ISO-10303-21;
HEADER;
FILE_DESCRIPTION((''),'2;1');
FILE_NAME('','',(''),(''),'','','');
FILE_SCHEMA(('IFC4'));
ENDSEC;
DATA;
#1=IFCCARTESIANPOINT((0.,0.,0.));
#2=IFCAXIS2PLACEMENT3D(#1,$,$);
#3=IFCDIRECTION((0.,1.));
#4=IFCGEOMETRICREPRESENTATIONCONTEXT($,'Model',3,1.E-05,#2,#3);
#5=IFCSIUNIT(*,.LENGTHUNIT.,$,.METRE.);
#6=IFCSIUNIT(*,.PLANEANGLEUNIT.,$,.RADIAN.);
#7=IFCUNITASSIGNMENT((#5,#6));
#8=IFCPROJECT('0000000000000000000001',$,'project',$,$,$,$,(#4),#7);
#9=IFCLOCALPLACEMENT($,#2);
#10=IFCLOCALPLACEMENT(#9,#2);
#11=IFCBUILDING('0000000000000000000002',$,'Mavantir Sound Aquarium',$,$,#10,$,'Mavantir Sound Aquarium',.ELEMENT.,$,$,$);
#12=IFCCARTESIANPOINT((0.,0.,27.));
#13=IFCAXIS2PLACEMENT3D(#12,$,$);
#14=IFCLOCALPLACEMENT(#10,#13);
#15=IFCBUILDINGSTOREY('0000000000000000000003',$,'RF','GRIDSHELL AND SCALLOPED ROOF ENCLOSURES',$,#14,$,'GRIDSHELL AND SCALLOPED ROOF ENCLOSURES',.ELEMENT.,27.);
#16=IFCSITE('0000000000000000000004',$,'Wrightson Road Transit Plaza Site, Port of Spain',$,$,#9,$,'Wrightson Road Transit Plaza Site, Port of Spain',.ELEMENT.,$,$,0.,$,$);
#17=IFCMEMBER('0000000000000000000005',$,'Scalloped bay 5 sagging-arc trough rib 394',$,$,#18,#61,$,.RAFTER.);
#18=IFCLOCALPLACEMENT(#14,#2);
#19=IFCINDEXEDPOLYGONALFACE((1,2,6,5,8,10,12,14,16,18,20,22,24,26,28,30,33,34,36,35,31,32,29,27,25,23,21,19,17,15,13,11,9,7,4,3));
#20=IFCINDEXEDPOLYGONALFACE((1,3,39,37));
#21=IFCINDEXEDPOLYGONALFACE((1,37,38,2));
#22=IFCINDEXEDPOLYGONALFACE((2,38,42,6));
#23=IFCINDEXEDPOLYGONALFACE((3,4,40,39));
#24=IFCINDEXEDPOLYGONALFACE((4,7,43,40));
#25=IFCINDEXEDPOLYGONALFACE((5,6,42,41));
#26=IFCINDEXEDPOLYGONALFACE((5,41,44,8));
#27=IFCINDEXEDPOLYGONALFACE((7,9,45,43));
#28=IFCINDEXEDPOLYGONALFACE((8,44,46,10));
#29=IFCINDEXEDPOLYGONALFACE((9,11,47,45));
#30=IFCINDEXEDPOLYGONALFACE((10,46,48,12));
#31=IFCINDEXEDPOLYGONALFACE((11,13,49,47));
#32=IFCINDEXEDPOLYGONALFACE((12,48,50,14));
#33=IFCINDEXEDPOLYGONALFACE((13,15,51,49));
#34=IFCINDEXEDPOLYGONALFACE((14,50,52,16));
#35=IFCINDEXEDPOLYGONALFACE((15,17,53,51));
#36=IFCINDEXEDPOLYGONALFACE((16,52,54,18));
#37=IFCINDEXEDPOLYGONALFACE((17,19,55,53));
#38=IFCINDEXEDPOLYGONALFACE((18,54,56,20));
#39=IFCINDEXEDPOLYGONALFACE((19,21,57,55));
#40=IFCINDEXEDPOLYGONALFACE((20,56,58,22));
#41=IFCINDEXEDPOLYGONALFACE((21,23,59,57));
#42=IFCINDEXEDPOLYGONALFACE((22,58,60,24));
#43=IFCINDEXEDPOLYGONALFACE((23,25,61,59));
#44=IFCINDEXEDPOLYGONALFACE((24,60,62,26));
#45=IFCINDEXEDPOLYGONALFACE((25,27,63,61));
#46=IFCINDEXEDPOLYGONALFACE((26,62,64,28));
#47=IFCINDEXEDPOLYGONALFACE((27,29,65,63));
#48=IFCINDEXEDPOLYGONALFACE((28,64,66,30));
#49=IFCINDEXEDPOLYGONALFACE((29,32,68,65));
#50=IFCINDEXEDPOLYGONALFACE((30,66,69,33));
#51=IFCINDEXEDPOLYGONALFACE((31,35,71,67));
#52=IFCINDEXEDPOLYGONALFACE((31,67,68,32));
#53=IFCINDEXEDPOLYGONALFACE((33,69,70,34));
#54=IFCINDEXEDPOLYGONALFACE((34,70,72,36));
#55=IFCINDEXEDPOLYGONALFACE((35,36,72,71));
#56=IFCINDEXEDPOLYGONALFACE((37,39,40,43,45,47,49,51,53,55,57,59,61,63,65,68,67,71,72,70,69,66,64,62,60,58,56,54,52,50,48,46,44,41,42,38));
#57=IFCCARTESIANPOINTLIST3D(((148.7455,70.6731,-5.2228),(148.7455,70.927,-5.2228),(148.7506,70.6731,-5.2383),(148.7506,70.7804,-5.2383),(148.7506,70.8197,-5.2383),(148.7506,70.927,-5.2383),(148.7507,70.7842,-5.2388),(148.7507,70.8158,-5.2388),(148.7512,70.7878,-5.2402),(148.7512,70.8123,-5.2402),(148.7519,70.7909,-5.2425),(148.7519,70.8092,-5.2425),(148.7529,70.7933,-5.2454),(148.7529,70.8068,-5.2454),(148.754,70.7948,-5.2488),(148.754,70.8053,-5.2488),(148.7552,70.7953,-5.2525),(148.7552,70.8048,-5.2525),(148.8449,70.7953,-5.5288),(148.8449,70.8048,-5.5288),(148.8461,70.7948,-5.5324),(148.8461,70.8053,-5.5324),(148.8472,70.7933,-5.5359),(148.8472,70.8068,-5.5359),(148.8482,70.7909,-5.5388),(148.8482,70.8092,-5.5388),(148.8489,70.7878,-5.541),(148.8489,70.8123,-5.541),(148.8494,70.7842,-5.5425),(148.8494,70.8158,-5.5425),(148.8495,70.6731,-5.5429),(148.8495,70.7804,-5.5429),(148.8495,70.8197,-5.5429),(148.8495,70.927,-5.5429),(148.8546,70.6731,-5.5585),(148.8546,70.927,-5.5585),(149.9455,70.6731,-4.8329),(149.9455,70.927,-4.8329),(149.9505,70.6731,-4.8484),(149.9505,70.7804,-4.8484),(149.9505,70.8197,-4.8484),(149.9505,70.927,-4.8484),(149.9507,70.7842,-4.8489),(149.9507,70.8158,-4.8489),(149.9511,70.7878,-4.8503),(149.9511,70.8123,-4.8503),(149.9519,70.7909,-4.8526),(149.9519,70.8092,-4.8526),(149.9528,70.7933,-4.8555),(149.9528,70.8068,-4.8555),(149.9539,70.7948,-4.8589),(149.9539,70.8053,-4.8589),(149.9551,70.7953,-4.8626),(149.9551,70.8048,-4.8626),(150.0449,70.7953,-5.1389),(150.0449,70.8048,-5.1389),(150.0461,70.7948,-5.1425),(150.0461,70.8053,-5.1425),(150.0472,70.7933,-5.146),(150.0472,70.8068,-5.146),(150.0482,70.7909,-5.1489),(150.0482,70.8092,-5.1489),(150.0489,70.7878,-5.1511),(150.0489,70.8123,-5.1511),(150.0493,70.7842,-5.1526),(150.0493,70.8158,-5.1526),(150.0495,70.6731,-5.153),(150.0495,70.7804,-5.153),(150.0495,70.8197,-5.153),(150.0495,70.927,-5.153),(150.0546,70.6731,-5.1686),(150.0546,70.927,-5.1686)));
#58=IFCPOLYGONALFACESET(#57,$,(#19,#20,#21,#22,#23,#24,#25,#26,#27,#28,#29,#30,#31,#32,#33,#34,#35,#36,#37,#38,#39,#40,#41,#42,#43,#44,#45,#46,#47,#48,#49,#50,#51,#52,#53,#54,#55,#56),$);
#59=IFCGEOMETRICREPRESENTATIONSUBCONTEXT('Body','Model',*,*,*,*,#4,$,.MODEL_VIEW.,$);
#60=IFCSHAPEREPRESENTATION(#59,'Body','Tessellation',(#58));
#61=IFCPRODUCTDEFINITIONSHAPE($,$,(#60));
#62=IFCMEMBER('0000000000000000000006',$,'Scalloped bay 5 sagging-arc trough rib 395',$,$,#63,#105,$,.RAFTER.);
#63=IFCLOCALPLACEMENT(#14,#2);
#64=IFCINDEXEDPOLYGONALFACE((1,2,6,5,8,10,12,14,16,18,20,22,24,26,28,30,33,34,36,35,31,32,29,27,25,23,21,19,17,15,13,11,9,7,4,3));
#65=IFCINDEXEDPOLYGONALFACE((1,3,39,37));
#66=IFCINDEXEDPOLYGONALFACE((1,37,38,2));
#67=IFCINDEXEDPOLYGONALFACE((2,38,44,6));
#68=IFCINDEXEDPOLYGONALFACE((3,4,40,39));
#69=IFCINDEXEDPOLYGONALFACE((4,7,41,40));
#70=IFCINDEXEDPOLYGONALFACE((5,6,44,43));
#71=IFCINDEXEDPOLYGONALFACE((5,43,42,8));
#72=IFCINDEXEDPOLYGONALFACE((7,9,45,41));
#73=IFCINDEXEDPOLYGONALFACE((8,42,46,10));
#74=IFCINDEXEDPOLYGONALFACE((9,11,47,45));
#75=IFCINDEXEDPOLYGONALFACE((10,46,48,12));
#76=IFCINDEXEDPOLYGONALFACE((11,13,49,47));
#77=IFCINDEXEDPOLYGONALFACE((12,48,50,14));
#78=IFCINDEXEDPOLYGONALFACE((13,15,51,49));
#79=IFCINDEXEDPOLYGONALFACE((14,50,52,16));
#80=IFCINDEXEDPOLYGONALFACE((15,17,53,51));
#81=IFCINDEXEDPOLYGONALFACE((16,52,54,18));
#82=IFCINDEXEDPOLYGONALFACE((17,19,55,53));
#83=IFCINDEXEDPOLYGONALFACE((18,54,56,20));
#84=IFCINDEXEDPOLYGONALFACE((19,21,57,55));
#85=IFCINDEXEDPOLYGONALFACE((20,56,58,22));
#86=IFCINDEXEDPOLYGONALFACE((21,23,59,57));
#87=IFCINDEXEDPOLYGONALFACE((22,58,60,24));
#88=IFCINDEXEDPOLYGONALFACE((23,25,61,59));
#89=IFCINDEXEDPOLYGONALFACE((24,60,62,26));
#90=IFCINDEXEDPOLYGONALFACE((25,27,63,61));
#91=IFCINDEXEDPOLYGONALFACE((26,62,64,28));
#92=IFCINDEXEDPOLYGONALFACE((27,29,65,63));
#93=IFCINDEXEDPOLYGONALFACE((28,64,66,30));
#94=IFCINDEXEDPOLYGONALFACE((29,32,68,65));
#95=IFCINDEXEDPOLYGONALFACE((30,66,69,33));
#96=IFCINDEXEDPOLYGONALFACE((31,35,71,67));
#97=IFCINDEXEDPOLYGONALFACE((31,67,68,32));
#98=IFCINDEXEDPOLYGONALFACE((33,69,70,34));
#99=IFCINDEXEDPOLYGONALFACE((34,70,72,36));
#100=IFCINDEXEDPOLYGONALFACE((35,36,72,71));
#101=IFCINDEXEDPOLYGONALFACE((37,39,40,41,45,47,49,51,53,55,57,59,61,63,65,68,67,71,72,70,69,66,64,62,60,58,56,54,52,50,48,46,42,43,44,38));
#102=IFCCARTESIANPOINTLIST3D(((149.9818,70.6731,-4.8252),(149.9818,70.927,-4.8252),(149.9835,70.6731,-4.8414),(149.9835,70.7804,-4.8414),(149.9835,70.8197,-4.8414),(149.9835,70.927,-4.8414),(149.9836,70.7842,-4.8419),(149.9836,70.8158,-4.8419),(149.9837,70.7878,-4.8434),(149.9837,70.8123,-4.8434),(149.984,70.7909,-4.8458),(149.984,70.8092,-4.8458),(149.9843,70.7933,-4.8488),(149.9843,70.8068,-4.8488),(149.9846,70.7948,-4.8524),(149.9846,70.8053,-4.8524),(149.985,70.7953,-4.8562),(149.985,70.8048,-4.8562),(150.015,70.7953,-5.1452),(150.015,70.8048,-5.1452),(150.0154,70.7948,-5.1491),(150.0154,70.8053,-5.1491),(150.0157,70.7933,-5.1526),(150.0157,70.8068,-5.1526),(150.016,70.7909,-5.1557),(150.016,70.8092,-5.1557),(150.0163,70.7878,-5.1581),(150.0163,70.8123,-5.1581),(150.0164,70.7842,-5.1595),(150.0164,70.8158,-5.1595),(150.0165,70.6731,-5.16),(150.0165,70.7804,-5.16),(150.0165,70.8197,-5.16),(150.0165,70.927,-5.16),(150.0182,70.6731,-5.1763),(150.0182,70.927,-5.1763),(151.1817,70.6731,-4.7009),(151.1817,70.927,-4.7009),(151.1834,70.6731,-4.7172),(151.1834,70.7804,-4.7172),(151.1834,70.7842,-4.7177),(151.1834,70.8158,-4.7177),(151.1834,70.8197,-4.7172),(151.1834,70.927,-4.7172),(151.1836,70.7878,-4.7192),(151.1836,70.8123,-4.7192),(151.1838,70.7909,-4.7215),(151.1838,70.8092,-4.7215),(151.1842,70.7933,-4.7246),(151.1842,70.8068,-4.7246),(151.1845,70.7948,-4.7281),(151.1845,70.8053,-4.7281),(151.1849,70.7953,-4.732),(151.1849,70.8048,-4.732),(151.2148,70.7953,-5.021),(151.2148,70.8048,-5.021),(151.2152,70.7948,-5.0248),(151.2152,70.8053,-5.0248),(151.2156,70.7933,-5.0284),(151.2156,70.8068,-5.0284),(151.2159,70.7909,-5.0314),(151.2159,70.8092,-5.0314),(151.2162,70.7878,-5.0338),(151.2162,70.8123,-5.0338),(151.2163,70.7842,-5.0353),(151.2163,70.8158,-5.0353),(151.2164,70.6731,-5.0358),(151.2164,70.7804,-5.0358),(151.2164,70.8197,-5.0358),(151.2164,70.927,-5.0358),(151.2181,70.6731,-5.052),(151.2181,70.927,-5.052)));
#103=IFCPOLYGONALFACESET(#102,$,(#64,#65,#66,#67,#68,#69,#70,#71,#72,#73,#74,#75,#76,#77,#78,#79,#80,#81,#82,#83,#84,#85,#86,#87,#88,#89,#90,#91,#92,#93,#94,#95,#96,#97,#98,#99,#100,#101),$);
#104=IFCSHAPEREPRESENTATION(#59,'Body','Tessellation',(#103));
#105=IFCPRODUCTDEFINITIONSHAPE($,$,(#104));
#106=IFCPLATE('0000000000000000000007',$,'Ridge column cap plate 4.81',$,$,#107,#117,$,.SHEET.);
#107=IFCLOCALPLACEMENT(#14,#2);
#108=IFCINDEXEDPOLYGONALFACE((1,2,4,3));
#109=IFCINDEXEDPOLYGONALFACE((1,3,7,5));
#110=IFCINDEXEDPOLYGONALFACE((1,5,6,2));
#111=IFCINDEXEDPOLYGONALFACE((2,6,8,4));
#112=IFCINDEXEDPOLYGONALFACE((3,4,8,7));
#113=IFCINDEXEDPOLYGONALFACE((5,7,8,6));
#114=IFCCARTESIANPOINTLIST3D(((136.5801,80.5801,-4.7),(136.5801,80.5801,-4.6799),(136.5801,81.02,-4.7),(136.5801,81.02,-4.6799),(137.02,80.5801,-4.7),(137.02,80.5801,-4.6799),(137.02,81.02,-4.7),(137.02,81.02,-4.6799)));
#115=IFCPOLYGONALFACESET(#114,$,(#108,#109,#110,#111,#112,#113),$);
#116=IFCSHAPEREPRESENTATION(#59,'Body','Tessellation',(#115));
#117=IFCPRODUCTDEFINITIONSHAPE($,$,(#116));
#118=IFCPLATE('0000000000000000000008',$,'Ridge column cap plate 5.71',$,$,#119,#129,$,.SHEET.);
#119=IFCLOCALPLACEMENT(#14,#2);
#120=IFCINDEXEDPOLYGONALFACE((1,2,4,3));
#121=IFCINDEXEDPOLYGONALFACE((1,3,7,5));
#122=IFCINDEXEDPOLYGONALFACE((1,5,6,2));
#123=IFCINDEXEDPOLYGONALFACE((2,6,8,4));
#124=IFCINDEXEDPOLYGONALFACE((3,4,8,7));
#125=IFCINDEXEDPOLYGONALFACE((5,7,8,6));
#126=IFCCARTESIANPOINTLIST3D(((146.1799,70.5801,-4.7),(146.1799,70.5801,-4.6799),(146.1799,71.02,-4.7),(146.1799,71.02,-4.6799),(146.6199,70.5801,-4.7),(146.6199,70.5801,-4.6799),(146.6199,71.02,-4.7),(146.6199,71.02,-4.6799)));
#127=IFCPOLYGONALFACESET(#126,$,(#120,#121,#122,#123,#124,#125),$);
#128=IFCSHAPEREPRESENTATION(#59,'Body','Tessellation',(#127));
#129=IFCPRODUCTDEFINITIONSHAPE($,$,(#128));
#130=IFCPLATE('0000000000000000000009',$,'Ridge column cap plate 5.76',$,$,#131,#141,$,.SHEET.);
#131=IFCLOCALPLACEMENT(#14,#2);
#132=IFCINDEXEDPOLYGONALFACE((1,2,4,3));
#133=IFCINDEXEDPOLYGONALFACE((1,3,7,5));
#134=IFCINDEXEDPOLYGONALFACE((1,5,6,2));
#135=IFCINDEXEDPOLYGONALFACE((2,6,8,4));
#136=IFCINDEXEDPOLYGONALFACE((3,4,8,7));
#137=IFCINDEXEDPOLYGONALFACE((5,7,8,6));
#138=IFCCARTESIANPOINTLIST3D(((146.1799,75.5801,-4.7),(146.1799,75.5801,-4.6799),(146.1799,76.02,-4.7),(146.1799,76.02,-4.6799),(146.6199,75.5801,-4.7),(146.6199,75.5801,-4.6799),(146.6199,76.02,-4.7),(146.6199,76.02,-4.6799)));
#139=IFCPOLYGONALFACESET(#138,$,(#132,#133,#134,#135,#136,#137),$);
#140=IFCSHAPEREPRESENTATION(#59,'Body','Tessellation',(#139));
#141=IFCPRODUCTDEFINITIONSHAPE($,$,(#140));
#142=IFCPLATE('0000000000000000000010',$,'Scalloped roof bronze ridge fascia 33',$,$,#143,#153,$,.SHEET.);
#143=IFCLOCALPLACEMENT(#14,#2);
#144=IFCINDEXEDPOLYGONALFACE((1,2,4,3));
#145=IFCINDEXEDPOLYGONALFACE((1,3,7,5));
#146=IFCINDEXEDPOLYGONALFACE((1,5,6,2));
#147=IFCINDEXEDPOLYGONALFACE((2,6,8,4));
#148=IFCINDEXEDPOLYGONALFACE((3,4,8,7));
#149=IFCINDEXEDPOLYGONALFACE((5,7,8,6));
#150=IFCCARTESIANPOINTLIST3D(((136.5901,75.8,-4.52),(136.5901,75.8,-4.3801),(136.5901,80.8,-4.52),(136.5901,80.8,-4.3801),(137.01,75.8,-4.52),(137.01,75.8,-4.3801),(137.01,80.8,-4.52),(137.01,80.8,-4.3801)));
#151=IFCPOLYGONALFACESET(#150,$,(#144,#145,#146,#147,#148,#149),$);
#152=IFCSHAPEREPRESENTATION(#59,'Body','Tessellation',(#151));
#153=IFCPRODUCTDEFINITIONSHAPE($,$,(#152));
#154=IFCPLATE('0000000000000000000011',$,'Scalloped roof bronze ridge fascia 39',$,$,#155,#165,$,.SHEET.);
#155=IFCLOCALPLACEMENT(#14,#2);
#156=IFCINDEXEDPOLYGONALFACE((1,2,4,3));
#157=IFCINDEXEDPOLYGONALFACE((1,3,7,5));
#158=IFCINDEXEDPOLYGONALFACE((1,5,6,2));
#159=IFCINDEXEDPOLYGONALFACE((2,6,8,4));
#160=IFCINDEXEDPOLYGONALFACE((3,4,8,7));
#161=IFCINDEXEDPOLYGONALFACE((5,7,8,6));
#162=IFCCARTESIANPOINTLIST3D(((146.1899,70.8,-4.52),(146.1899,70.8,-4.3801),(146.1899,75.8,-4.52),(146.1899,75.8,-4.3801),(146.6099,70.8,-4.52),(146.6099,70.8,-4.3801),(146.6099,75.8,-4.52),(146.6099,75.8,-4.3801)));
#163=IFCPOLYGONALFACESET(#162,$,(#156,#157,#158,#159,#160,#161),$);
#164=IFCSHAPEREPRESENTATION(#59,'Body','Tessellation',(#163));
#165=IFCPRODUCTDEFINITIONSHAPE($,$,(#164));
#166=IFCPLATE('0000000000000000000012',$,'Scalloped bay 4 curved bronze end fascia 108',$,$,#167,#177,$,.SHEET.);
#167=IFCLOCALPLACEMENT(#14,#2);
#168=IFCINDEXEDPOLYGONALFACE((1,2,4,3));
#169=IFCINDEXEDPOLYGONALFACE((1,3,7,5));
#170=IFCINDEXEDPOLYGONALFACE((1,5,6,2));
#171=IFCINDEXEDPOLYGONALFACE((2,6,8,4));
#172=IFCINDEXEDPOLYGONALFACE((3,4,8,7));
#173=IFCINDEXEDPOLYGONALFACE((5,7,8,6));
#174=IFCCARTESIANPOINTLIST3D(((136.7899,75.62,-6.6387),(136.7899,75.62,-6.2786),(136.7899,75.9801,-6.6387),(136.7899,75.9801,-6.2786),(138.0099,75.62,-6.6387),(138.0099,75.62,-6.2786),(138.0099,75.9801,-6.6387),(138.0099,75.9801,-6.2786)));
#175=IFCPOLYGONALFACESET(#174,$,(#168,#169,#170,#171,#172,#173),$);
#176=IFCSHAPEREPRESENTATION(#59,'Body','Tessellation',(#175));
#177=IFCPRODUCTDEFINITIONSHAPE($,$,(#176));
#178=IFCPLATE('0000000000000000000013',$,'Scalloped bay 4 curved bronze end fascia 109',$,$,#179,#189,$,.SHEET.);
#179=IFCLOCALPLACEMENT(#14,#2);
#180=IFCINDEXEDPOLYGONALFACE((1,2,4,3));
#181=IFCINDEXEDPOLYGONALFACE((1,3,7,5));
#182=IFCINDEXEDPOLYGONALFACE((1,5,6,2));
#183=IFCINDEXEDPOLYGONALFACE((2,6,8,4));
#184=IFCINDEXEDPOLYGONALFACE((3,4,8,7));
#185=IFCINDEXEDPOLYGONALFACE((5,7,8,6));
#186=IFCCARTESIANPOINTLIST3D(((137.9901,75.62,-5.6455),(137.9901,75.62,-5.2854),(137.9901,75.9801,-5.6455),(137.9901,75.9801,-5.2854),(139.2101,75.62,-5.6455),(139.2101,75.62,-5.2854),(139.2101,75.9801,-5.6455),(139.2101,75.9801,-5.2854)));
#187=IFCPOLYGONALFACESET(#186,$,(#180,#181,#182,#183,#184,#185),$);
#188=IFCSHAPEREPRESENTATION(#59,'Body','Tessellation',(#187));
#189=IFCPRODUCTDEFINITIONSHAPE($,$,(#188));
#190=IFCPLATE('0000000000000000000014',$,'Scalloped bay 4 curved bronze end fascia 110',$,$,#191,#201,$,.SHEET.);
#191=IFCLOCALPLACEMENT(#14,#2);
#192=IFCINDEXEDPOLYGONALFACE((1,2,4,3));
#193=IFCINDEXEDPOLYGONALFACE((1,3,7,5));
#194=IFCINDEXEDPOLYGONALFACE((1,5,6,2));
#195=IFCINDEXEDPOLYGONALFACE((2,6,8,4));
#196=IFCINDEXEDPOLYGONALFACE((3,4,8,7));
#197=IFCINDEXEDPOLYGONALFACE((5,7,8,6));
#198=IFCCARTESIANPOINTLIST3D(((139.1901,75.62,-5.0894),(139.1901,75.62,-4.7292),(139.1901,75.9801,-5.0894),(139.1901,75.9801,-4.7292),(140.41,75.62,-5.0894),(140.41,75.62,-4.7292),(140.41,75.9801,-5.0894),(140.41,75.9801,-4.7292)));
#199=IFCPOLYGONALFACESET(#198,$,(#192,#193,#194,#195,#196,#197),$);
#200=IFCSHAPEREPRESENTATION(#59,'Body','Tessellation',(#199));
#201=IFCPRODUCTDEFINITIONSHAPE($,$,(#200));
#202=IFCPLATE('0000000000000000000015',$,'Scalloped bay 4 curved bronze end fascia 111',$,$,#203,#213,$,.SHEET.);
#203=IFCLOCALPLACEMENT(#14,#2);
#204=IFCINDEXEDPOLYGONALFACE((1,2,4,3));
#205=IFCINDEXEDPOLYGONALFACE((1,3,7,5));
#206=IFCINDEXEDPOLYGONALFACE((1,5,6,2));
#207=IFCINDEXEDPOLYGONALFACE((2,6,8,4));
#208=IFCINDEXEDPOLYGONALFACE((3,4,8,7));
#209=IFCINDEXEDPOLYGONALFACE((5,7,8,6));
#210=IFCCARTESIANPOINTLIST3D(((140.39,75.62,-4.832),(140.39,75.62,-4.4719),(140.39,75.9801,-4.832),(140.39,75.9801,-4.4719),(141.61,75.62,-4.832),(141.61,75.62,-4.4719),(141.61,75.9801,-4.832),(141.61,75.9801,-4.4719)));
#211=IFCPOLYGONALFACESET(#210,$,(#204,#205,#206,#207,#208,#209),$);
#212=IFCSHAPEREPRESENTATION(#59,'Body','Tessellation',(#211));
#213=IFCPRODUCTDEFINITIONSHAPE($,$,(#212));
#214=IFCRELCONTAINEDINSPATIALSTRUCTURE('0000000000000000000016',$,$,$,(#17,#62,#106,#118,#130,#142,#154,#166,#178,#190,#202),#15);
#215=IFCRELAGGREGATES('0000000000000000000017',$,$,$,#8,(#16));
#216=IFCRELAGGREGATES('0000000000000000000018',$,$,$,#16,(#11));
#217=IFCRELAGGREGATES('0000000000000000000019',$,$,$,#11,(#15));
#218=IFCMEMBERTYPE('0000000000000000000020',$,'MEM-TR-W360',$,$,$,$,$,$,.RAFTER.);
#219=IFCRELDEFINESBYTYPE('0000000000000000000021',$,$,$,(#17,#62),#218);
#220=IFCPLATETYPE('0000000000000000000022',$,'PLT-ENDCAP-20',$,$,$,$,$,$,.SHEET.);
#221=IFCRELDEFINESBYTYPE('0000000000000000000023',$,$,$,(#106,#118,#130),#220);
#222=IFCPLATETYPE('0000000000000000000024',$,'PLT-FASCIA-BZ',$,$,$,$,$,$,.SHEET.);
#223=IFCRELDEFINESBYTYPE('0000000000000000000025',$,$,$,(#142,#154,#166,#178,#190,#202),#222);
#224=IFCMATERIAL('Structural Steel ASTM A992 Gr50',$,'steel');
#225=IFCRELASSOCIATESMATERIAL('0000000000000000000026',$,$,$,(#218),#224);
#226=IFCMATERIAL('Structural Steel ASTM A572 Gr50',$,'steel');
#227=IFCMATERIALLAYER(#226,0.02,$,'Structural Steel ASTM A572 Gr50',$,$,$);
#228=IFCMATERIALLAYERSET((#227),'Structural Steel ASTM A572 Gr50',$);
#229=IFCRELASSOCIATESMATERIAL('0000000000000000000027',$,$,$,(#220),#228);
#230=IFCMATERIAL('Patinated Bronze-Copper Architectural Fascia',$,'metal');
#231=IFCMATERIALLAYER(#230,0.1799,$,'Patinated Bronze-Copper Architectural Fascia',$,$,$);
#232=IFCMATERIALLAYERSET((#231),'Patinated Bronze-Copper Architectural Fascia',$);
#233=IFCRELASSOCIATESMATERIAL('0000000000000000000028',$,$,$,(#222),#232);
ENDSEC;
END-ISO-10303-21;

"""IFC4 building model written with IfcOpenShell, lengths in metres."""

from ifc_helpers import new_model, si_unit, direction, frame, origin, origin_2d, place, context, subcontext, project, spatial, rectangle, i_section, extrude, material, layer, layer_set, material_profile, profile_set, type_object, element, save


model = new_model("IFC4")

# Units and contexts
model_context = context("Model", 3, precision=1e-05, world=origin(), true_north=direction((0.0, 1.0)))
body_context = subcontext(model_context, "Body", "Model", "MODEL_VIEW")
ifc_project = project(units=[si_unit("LENGTHUNIT", "METRE"), si_unit("PLANEANGLEUNIT", "RADIAN")], contexts=[model_context])

# Site, building, storey
site_placement = place(None, origin())
site = spatial("IfcSite", under=ifc_project, at=site_placement, Name="Wrightson Road Transit Plaza Site, Port of Spain", LongName="Wrightson Road Transit Plaza Site, Port of Spain", CompositionType="ELEMENT", RefElevation=0.0)
building_placement = place(site_placement, origin())
building = spatial("IfcBuilding", under=site, at=building_placement, Name="Mavantir Sound Aquarium", LongName="Mavantir Sound Aquarium", CompositionType="ELEMENT")
storey_placement = place(building_placement, frame((0.0, 0.0, 27.0)))
storey = spatial("IfcBuildingStorey", under=building, at=storey_placement, Name="RF", Description="GRIDSHELL AND SCALLOPED ROOF ENCLOSURES", LongName="GRIDSHELL AND SCALLOPED ROOF ENCLOSURES", CompositionType="ELEMENT", Elevation=27.0)

# Shared definitions
ifc_material_1 = material(Name="Structural Steel ASTM A992 Gr50", Category="steel")

# Members
ifc_material_profile_1 = material_profile(ifc_material_1, i_section(OverallWidth=0.2539, OverallDepth=0.353, WebThickness=0.0095, FlangeThickness=0.0164, FilletRadius=0.0149, at=origin_2d()), Name="W360X91")
ifc_profile_set_1 = profile_set([ifc_material_profile_1], Name="Structural Steel ASTM A992 Gr50")
member_type_1 = type_object("IfcMemberType", Name="MEM-TR-W360", PredefinedType="RAFTER", material=ifc_profile_set_1)
member_1_placement = place(storey_placement, frame((148.8, 70.8, -5.3906), z_axis=(0.951055, 0.0, 0.30902), x_axis=(0.0, 1.0, 0.0)))
element("IfcMember", 1, at=member_1_placement, inside=storey, type_object=member_type_1, Name="Scalloped bay 5 sagging-arc trough rib 394", PredefinedType="RAFTER", context=body_context, shape_type="SweptSolid", body=[
    extrude(i_section(OverallWidth=0.2539, OverallDepth=0.353, WebThickness=0.0095, FlangeThickness=0.0164, FilletRadius=0.0149, at=origin_2d()), origin(), (0.0, 0.0, 1.0), 1.2617),
])
member_2_placement = place(storey_placement, frame((150.0, 70.8, -5.0007), z_axis=(0.99468, 0.0, 0.10301), x_axis=(0.0, 1.0, 0.0)))
element("IfcMember", 2, at=member_2_placement, inside=storey, type_object=member_type_1, Name="Scalloped bay 5 sagging-arc trough rib 395", PredefinedType="RAFTER", context=body_context, shape_type="SweptSolid", body=[
    extrude(i_section(OverallWidth=0.2539, OverallDepth=0.353, WebThickness=0.0095, FlangeThickness=0.0164, FilletRadius=0.0149, at=origin_2d()), origin(), (0.0, 0.0, 1.0), 1.2063),
])

# Plates
ifc_material_2 = material(Name="Structural Steel ASTM A572 Gr50", Category="steel")
ifc_layer_1 = layer(ifc_material_2, 0.02, Name="Structural Steel ASTM A572 Gr50")
ifc_layer_set_1 = layer_set([ifc_layer_1], Name="Structural Steel ASTM A572 Gr50")
plate_type_1 = type_object("IfcPlateType", Name="PLT-ENDCAP-20", PredefinedType="SHEET", material=ifc_layer_set_1)
for number, where, z_axis, x_axis, name in (
    (3, (136.8, 80.8, -4.7), (0.0, 0.0, 1.0), (1.0, 0.0, 0.0), "Ridge column cap plate 4.81"),
    (4, (146.3999, 70.8, -4.7), (0.0, 0.0, 1.0), (1.0, 0.0, 0.0), "Ridge column cap plate 5.71"),
    (5, (146.3999, 75.8, -4.7), (0.0, 0.0, 1.0), (1.0, 0.0, 0.0), "Ridge column cap plate 5.76"),
):
    element("IfcPlate", number, at=place(storey_placement, frame(where, z_axis=z_axis, x_axis=x_axis)), inside=storey, type_object=plate_type_1, Name=name, PredefinedType="SHEET", context=body_context, shape_type="SweptSolid", body=[
        extrude(rectangle(XDim=0.4399, YDim=0.4399, at=origin_2d()), origin(), (0.0, 0.0, 1.0), 0.02),
    ])
ifc_material_3 = material(Name="Patinated Bronze-Copper Architectural Fascia", Category="metal")
ifc_layer_2 = layer(ifc_material_3, 0.1799, Name="Patinated Bronze-Copper Architectural Fascia")
ifc_layer_set_2 = layer_set([ifc_layer_2], Name="Patinated Bronze-Copper Architectural Fascia")
plate_type_2 = type_object("IfcPlateType", Name="PLT-FASCIA-BZ", PredefinedType="SHEET", material=ifc_layer_set_2)
for number, where, z_axis, x_axis, name in (
    (6, (136.8, 78.3, -4.52), (0.0, 0.0, 1.0), (1.0, 0.0, 0.0), "Scalloped roof bronze ridge fascia 33"),
    (7, (146.3999, 73.3, -4.52), (0.0, 0.0, 1.0), (1.0, 0.0, 0.0), "Scalloped roof bronze ridge fascia 39"),
):
    element("IfcPlate", number, at=place(storey_placement, frame(where, z_axis=z_axis, x_axis=x_axis)), inside=storey, type_object=plate_type_2, Name=name, PredefinedType="SHEET", context=body_context, shape_type="SweptSolid", body=[
        extrude(rectangle(XDim=0.4199, YDim=5.0, at=origin_2d()), origin(), (0.0, 0.0, 1.0), 0.1399),
    ])
for number, where, z_axis, x_axis, name in (
    (8, (137.3999, 75.8, -6.6387), (0.0, 0.0, 1.0), (1.0, 0.0, 0.0), "Scalloped bay 4 curved bronze end fascia 108"),
    (9, (138.6001, 75.8, -5.6455), (0.0, 0.0, 1.0), (1.0, 0.0, 0.0), "Scalloped bay 4 curved bronze end fascia 109"),
    (10, (139.8, 75.8, -5.0894), (0.0, 0.0, 1.0), (1.0, 0.0, 0.0), "Scalloped bay 4 curved bronze end fascia 110"),
    (11, (141.0, 75.8, -4.832), (0.0, 0.0, 1.0), (1.0, 0.0, 0.0), "Scalloped bay 4 curved bronze end fascia 111"),
):
    element("IfcPlate", number, at=place(storey_placement, frame(where, z_axis=z_axis, x_axis=x_axis)), inside=storey, type_object=plate_type_2, Name=name, PredefinedType="SHEET", context=body_context, shape_type="SweptSolid", body=[
        extrude(rectangle(XDim=1.22, YDim=0.3601, at=origin_2d()), origin(), (0.0, 0.0, 1.0), 0.3601),
    ])

save(model, "model.ifc")
